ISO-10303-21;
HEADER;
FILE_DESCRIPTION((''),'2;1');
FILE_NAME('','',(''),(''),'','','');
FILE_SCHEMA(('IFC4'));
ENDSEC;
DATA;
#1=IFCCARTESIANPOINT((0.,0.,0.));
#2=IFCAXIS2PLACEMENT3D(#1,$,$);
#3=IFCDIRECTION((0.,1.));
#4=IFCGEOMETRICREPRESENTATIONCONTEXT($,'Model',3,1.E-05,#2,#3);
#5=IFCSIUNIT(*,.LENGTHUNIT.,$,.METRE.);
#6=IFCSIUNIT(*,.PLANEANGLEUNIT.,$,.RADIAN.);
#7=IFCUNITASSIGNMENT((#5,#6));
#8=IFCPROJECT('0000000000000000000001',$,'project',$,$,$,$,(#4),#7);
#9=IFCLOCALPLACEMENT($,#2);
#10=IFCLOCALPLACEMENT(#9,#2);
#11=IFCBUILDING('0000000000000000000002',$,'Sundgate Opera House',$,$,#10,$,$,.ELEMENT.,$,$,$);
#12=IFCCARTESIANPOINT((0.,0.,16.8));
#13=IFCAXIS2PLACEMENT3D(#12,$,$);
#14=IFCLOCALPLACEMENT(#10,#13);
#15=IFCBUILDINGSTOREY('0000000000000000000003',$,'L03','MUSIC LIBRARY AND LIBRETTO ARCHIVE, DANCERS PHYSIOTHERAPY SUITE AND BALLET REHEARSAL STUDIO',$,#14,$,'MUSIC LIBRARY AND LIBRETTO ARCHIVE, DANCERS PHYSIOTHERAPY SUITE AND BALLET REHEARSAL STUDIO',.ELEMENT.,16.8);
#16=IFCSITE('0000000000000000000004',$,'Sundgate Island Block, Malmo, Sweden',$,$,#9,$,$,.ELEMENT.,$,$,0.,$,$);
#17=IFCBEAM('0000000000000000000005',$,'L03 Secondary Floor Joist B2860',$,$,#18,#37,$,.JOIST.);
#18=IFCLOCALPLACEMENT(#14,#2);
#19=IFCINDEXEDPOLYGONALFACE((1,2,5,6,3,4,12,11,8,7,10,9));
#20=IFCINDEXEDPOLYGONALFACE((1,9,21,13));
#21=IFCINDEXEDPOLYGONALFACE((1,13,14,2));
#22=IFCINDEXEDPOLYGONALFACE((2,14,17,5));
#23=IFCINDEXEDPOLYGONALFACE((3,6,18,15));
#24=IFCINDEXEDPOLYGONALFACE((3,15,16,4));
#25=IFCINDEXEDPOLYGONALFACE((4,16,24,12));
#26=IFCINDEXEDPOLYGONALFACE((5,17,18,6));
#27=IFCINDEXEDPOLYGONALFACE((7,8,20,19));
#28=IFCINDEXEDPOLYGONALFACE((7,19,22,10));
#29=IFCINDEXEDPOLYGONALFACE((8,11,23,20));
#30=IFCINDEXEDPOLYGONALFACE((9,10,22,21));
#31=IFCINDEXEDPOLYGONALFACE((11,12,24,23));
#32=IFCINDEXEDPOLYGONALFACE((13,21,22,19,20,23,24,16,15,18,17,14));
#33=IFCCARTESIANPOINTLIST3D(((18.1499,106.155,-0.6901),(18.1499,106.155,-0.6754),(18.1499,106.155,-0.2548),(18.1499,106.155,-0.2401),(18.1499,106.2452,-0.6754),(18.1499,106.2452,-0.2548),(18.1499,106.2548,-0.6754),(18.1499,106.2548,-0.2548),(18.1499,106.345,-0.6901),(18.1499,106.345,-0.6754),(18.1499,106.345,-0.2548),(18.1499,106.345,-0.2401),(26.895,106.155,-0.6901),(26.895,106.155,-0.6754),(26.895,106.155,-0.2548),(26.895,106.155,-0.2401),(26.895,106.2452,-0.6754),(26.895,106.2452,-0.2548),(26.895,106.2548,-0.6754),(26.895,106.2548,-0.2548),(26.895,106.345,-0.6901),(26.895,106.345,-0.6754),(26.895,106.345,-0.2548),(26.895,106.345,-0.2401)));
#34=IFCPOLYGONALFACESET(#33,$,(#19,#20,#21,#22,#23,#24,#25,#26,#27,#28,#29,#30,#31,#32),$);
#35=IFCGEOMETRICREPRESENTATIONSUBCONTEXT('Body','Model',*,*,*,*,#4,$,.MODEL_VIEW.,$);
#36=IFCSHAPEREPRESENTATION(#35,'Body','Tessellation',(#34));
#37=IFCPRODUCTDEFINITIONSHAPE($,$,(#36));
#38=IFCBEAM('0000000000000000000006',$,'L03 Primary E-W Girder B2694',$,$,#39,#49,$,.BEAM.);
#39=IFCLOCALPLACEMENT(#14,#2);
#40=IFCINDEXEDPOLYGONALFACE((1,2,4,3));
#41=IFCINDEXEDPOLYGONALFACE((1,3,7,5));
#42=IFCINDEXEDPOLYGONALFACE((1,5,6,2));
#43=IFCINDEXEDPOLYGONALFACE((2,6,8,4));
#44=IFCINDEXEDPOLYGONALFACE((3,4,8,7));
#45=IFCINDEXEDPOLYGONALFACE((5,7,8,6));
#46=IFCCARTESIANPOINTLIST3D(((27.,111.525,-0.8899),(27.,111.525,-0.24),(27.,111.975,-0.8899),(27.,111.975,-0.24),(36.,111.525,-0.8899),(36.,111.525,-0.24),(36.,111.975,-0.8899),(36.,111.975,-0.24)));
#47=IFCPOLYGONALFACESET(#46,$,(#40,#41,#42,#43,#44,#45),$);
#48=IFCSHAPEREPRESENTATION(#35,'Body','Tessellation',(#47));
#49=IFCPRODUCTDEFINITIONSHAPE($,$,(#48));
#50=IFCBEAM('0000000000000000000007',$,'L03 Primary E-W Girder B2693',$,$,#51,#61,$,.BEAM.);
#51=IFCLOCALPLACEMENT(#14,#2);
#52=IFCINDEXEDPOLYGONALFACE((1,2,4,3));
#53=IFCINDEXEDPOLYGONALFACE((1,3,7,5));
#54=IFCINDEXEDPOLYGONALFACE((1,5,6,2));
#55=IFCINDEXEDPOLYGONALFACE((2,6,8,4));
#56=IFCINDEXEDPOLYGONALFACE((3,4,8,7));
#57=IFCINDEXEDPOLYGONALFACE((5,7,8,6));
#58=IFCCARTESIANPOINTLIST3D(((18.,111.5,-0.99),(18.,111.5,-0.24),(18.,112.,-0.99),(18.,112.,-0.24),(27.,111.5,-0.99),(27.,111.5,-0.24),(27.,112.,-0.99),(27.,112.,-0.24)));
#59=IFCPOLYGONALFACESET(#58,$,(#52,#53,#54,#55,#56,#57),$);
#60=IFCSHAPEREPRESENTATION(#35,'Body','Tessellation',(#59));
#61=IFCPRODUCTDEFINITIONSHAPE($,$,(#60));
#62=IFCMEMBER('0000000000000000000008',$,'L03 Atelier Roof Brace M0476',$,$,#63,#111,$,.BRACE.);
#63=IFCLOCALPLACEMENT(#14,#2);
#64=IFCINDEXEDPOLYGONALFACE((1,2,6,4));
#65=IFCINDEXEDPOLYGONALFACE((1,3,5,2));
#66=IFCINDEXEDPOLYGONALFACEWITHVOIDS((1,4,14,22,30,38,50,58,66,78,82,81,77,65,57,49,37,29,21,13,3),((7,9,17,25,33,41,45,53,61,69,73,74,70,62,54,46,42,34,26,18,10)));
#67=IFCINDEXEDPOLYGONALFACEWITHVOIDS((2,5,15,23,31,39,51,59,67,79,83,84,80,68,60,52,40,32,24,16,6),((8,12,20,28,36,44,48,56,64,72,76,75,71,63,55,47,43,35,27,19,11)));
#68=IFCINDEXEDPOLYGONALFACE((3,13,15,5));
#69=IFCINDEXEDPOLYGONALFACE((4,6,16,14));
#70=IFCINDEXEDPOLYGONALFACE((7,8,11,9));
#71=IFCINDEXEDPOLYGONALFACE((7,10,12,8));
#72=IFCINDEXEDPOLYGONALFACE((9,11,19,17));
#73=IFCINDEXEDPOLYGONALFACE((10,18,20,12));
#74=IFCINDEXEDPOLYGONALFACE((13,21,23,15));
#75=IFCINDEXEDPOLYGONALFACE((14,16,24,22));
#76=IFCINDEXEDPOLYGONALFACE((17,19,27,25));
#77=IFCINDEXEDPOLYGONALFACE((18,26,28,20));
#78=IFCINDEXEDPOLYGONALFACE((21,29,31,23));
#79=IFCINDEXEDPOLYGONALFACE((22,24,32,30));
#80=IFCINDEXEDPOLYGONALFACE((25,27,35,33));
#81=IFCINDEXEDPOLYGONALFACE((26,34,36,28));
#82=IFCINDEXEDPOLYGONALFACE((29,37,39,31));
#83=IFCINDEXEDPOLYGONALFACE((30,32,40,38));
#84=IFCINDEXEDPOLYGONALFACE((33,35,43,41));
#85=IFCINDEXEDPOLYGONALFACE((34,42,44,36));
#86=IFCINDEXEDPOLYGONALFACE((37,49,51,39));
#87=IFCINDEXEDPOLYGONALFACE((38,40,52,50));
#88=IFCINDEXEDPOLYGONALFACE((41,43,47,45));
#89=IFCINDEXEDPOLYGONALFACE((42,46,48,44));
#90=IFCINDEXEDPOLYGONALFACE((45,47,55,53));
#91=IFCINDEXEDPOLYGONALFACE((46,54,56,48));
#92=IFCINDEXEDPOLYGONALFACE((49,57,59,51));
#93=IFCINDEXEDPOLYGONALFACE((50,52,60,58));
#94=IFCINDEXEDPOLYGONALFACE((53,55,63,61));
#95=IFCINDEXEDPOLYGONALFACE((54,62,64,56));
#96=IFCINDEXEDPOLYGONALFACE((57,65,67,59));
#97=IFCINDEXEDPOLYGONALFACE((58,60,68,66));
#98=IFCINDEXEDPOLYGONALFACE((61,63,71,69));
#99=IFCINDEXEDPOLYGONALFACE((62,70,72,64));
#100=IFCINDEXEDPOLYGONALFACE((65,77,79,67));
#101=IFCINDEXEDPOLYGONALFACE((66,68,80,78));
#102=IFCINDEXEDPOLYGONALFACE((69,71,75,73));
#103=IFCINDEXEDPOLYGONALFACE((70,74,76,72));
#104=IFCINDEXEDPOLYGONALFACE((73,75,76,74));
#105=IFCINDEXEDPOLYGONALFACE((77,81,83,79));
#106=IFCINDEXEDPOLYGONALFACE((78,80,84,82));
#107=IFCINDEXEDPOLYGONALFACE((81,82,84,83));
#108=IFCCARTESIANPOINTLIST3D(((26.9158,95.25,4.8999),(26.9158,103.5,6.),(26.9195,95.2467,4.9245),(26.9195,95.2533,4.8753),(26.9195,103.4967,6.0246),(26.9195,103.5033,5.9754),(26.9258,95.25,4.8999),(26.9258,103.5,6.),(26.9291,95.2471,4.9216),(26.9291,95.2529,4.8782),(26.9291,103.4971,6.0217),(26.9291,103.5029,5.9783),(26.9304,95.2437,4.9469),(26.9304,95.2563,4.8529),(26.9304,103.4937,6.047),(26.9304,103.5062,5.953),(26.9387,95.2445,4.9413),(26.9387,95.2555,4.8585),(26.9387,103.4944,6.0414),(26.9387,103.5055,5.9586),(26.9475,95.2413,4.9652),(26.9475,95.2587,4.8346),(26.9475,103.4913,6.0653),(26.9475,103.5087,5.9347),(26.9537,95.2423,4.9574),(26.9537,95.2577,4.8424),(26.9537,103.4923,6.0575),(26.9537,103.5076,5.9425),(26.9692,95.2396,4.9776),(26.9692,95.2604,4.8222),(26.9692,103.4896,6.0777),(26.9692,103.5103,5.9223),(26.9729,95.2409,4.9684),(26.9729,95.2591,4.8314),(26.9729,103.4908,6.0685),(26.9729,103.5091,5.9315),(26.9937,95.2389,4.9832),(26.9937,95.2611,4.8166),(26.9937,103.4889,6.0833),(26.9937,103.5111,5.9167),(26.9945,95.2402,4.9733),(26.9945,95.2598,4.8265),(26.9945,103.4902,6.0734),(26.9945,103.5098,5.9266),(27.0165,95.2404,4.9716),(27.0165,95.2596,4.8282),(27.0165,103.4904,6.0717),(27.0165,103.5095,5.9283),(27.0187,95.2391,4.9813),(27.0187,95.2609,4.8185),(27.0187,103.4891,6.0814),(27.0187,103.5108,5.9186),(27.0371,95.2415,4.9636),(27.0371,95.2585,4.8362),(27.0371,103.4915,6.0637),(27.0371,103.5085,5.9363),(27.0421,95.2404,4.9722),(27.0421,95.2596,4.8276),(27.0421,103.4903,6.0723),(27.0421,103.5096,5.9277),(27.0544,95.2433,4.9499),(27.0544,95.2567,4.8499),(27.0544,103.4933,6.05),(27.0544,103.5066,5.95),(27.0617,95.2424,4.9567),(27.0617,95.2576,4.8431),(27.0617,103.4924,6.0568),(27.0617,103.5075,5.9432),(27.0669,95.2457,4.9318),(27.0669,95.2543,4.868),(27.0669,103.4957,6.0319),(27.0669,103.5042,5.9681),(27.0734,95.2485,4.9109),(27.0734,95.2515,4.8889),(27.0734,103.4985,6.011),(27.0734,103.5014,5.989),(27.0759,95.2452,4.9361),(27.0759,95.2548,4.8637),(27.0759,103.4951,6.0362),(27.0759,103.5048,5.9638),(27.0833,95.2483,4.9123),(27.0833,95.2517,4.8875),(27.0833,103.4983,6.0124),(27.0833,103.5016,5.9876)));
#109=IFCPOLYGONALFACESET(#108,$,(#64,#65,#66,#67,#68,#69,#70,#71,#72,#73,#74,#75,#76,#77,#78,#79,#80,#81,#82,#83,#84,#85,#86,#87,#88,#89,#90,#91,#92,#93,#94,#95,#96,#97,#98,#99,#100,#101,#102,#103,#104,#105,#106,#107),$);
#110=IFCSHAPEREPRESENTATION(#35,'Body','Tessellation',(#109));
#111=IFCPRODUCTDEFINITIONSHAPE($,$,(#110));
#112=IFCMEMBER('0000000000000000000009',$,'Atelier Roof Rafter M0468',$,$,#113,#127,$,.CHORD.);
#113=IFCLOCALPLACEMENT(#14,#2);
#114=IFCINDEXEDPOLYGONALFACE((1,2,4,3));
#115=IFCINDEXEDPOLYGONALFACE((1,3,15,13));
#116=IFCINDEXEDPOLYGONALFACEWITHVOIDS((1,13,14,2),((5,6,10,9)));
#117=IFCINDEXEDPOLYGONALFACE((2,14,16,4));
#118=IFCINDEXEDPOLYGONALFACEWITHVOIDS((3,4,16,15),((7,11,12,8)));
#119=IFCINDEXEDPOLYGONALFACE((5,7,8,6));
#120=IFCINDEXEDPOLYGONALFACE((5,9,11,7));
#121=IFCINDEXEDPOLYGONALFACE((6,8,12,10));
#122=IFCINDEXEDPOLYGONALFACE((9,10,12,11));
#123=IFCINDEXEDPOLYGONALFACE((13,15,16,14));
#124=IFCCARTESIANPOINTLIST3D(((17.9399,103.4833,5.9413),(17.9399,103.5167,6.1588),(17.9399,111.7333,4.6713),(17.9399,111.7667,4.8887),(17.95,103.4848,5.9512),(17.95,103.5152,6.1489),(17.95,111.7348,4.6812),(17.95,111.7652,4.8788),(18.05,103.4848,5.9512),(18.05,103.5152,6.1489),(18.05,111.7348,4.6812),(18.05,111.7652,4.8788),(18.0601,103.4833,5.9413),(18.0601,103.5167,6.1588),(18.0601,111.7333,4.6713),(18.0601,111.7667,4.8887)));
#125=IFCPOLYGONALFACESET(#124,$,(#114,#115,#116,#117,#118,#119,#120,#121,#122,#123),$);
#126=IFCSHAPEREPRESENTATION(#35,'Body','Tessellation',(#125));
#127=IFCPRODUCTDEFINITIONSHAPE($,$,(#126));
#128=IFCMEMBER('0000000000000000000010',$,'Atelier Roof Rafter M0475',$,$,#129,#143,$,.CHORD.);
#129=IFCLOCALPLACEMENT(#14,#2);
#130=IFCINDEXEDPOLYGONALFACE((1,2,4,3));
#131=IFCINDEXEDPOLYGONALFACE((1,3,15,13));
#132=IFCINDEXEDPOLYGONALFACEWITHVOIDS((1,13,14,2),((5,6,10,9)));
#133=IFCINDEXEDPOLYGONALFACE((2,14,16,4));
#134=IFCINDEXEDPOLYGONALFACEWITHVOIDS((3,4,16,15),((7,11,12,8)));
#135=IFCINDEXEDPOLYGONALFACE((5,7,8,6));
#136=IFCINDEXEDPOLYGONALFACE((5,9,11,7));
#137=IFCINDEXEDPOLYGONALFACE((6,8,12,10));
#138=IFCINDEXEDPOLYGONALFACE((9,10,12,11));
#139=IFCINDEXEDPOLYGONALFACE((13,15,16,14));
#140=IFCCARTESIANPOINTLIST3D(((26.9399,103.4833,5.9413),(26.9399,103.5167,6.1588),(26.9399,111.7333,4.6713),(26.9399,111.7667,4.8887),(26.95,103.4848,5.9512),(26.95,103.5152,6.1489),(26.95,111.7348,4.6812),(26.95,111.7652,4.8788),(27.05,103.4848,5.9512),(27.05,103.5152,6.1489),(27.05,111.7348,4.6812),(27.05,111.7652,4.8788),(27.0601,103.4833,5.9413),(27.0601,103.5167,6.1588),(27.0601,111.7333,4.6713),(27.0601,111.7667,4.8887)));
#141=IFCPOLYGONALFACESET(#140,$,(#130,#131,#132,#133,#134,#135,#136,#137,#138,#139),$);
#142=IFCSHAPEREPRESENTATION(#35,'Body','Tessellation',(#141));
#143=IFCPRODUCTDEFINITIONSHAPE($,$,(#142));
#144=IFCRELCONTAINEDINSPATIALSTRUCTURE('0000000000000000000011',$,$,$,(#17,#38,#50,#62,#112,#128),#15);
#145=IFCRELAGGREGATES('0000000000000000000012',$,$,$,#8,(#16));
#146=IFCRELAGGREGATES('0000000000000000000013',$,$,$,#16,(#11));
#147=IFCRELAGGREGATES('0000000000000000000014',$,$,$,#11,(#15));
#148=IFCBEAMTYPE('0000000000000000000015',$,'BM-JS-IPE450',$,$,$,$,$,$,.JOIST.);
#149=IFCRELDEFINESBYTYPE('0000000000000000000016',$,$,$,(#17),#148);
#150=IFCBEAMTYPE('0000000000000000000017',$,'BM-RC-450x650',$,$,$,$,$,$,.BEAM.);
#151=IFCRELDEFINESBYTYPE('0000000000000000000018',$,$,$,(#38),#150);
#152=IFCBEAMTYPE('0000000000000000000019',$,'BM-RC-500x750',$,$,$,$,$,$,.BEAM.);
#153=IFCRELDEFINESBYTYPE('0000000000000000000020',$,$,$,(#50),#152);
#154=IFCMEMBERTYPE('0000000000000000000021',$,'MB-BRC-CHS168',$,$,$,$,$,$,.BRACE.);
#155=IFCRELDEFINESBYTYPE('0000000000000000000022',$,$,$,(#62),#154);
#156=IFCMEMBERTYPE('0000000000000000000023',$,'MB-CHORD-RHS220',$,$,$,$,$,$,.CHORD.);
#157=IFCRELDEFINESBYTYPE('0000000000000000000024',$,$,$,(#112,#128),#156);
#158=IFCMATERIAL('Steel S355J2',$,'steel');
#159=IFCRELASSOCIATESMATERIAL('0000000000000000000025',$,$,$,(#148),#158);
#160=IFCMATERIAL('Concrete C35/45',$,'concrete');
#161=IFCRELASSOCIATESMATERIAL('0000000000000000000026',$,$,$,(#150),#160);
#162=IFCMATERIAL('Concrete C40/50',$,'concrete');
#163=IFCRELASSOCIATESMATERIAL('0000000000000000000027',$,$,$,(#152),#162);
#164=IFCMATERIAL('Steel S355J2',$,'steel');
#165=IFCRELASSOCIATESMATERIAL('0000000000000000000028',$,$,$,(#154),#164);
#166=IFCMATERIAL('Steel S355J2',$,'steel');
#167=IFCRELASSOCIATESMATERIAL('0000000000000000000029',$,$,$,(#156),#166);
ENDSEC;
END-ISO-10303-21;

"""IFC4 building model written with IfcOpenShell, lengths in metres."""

from ifc_helpers import new_model, si_unit, direction, frame, origin, origin_2d, place, context, subcontext, project, spatial, rectangle, hollow_rectangle, hollow_circle, i_section, extrude, material, material_profile, profile_set, type_object, element, save


model = new_model("IFC4")

# Units and contexts
model_context = context("Model", 3, precision=1e-05, world=origin(), true_north=direction((0.0, 1.0)))
body_context = subcontext(model_context, "Body", "Model", "MODEL_VIEW")
ifc_project = project(units=[si_unit("LENGTHUNIT", "METRE"), si_unit("PLANEANGLEUNIT", "RADIAN")], contexts=[model_context])

# Site, building, storey
site_placement = place(None, origin())
site = spatial("IfcSite", under=ifc_project, at=site_placement, Name="Sundgate Island Block, Malmo, Sweden", CompositionType="ELEMENT", RefElevation=0.0)
building_placement = place(site_placement, origin())
building = spatial("IfcBuilding", under=site, at=building_placement, Name="Sundgate Opera House", CompositionType="ELEMENT")
storey_placement = place(building_placement, frame((0.0, 0.0, 16.8)))
storey = spatial("IfcBuildingStorey", under=building, at=storey_placement, Name="L03", Description="MUSIC LIBRARY AND LIBRETTO ARCHIVE, DANCERS PHYSIOTHERAPY SUITE AND BALLET REHEARSAL STUDIO", LongName="MUSIC LIBRARY AND LIBRETTO ARCHIVE, DANCERS PHYSIOTHERAPY SUITE AND BALLET REHEARSAL STUDIO", CompositionType="ELEMENT", Elevation=16.8)

# Beams
ifc_material_1 = material(Name="Steel S355J2", Category="steel")
ifc_material_profile_1 = material_profile(ifc_material_1, i_section(OverallWidth=0.1899, OverallDepth=0.45, WebThickness=0.0095, FlangeThickness=0.0146, at=origin_2d()), Name="IPE 450")
ifc_profile_set_1 = profile_set([ifc_material_profile_1], Name="Steel S355J2")
beam_type_1 = type_object("IfcBeamType", Name="BM-JS-IPE450", PredefinedType="JOIST", material=ifc_profile_set_1)
beam_1_placement = place(storey_placement, frame((18.1499, 106.25, -0.4651), z_axis=(1.0, 0.0, 0.0), x_axis=(0.0, 1.0, 0.0)))
element("IfcBeam", 1, at=beam_1_placement, inside=storey, type_object=beam_type_1, Name="L03 Secondary Floor Joist B2860", PredefinedType="JOIST", context=body_context, shape_type="SweptSolid", body=[
    extrude(i_section(OverallWidth=0.1899, OverallDepth=0.45, WebThickness=0.0095, FlangeThickness=0.0146, at=origin_2d()), origin(), (0.0, 0.0, 1.0), 8.7451),
])
ifc_material_2 = material(Name="Concrete C35/45", Category="concrete")
ifc_material_profile_2 = material_profile(ifc_material_2, rectangle(XDim=0.45, YDim=0.6499, at=origin_2d()), Name="RC 450x650")
ifc_profile_set_2 = profile_set([ifc_material_profile_2], Name="Concrete C35/45")
beam_type_2 = type_object("IfcBeamType", Name="BM-RC-450x650", PredefinedType="BEAM", material=ifc_profile_set_2)
beam_2_placement = place(storey_placement, frame((27.0, 111.75, -0.5649), z_axis=(1.0, 0.0, 0.0), x_axis=(0.0, 1.0, 0.0)))
element("IfcBeam", 2, at=beam_2_placement, inside=storey, type_object=beam_type_2, Name="L03 Primary E-W Girder B2694", PredefinedType="BEAM", context=body_context, shape_type="SweptSolid", body=[
    extrude(rectangle(XDim=0.45, YDim=0.6499, at=origin_2d()), origin(), (0.0, 0.0, 1.0), 9.0),
])
ifc_material_3 = material(Name="Concrete C40/50", Category="concrete")
ifc_material_profile_3 = material_profile(ifc_material_3, rectangle(XDim=0.5, YDim=0.75, at=origin_2d()), Name="RC 500x750")
ifc_profile_set_3 = profile_set([ifc_material_profile_3], Name="Concrete C40/50")
beam_type_3 = type_object("IfcBeamType", Name="BM-RC-500x750", PredefinedType="BEAM", material=ifc_profile_set_3)
beam_3_placement = place(storey_placement, frame((18.0, 111.75, -0.615), z_axis=(1.0, 0.0, 0.0), x_axis=(0.0, 1.0, 0.0)))
element("IfcBeam", 3, at=beam_3_placement, inside=storey, type_object=beam_type_3, Name="L03 Primary E-W Girder B2693", PredefinedType="BEAM", context=body_context, shape_type="SweptSolid", body=[
    extrude(rectangle(XDim=0.5, YDim=0.75, at=origin_2d()), origin(), (0.0, 0.0, 1.0), 9.0),
])

# Members
ifc_material_4 = material(Name="Steel S355J2", Category="steel")
ifc_material_profile_4 = material_profile(ifc_material_4, hollow_circle(Radius=0.0842, WallThickness=0.01, at=origin_2d()), Name="CHS 168.3x10.0")
ifc_profile_set_4 = profile_set([ifc_material_profile_4], Name="Steel S355J2")
member_type_1 = type_object("IfcMemberType", Name="MB-BRC-CHS168", PredefinedType="BRACE", material=ifc_profile_set_4)
member_placement = place(storey_placement, frame((27.0, 95.25, 4.8999), z_axis=(0.0, 0.991226, 0.132175), x_axis=(-1.0, 0.0, 0.0)))
element("IfcMember", 4, at=member_placement, inside=storey, type_object=member_type_1, Name="L03 Atelier Roof Brace M0476", PredefinedType="BRACE", context=body_context, shape_type="SweptSolid", body=[
    extrude(hollow_circle(Radius=0.0842, WallThickness=0.01, at=origin_2d()), origin(), (0.0, 0.0, 1.0), 8.323),
])
ifc_material_5 = material(Name="Steel S355J2", Category="steel")
ifc_material_profile_5 = material_profile(ifc_material_5, hollow_rectangle(XDim=0.1201, YDim=0.22, WallThickness=0.01, at=origin_2d()), Name="RHS 220x120x10.0")
ifc_profile_set_5 = profile_set([ifc_material_profile_5], Name="Steel S355J2")
member_type_2 = type_object("IfcMemberType", Name="MB-CHORD-RHS220", PredefinedType="CHORD", material=ifc_profile_set_5)
for number, where, z_axis, x_axis, name in (
    (5, (18.0, 103.5, 6.05), (0.0, 0.988357, -0.152149), (-1.0, 0.0, 0.0), "Atelier Roof Rafter M0468"),
    (6, (27.0, 103.5, 6.05), (0.0, 0.988357, -0.152149), (-1.0, 0.0, 0.0), "Atelier Roof Rafter M0475"),
):
    element("IfcMember", number, at=place(storey_placement, frame(where, z_axis=z_axis, x_axis=x_axis)), inside=storey, type_object=member_type_2, Name=name, PredefinedType="CHORD", context=body_context, shape_type="SweptSolid", body=[
        extrude(hollow_rectangle(XDim=0.1201, YDim=0.22, WallThickness=0.01, at=origin_2d()), origin(), (0.0, 0.0, 1.0), 8.3472),
    ])

save(model, "model.ifc")
